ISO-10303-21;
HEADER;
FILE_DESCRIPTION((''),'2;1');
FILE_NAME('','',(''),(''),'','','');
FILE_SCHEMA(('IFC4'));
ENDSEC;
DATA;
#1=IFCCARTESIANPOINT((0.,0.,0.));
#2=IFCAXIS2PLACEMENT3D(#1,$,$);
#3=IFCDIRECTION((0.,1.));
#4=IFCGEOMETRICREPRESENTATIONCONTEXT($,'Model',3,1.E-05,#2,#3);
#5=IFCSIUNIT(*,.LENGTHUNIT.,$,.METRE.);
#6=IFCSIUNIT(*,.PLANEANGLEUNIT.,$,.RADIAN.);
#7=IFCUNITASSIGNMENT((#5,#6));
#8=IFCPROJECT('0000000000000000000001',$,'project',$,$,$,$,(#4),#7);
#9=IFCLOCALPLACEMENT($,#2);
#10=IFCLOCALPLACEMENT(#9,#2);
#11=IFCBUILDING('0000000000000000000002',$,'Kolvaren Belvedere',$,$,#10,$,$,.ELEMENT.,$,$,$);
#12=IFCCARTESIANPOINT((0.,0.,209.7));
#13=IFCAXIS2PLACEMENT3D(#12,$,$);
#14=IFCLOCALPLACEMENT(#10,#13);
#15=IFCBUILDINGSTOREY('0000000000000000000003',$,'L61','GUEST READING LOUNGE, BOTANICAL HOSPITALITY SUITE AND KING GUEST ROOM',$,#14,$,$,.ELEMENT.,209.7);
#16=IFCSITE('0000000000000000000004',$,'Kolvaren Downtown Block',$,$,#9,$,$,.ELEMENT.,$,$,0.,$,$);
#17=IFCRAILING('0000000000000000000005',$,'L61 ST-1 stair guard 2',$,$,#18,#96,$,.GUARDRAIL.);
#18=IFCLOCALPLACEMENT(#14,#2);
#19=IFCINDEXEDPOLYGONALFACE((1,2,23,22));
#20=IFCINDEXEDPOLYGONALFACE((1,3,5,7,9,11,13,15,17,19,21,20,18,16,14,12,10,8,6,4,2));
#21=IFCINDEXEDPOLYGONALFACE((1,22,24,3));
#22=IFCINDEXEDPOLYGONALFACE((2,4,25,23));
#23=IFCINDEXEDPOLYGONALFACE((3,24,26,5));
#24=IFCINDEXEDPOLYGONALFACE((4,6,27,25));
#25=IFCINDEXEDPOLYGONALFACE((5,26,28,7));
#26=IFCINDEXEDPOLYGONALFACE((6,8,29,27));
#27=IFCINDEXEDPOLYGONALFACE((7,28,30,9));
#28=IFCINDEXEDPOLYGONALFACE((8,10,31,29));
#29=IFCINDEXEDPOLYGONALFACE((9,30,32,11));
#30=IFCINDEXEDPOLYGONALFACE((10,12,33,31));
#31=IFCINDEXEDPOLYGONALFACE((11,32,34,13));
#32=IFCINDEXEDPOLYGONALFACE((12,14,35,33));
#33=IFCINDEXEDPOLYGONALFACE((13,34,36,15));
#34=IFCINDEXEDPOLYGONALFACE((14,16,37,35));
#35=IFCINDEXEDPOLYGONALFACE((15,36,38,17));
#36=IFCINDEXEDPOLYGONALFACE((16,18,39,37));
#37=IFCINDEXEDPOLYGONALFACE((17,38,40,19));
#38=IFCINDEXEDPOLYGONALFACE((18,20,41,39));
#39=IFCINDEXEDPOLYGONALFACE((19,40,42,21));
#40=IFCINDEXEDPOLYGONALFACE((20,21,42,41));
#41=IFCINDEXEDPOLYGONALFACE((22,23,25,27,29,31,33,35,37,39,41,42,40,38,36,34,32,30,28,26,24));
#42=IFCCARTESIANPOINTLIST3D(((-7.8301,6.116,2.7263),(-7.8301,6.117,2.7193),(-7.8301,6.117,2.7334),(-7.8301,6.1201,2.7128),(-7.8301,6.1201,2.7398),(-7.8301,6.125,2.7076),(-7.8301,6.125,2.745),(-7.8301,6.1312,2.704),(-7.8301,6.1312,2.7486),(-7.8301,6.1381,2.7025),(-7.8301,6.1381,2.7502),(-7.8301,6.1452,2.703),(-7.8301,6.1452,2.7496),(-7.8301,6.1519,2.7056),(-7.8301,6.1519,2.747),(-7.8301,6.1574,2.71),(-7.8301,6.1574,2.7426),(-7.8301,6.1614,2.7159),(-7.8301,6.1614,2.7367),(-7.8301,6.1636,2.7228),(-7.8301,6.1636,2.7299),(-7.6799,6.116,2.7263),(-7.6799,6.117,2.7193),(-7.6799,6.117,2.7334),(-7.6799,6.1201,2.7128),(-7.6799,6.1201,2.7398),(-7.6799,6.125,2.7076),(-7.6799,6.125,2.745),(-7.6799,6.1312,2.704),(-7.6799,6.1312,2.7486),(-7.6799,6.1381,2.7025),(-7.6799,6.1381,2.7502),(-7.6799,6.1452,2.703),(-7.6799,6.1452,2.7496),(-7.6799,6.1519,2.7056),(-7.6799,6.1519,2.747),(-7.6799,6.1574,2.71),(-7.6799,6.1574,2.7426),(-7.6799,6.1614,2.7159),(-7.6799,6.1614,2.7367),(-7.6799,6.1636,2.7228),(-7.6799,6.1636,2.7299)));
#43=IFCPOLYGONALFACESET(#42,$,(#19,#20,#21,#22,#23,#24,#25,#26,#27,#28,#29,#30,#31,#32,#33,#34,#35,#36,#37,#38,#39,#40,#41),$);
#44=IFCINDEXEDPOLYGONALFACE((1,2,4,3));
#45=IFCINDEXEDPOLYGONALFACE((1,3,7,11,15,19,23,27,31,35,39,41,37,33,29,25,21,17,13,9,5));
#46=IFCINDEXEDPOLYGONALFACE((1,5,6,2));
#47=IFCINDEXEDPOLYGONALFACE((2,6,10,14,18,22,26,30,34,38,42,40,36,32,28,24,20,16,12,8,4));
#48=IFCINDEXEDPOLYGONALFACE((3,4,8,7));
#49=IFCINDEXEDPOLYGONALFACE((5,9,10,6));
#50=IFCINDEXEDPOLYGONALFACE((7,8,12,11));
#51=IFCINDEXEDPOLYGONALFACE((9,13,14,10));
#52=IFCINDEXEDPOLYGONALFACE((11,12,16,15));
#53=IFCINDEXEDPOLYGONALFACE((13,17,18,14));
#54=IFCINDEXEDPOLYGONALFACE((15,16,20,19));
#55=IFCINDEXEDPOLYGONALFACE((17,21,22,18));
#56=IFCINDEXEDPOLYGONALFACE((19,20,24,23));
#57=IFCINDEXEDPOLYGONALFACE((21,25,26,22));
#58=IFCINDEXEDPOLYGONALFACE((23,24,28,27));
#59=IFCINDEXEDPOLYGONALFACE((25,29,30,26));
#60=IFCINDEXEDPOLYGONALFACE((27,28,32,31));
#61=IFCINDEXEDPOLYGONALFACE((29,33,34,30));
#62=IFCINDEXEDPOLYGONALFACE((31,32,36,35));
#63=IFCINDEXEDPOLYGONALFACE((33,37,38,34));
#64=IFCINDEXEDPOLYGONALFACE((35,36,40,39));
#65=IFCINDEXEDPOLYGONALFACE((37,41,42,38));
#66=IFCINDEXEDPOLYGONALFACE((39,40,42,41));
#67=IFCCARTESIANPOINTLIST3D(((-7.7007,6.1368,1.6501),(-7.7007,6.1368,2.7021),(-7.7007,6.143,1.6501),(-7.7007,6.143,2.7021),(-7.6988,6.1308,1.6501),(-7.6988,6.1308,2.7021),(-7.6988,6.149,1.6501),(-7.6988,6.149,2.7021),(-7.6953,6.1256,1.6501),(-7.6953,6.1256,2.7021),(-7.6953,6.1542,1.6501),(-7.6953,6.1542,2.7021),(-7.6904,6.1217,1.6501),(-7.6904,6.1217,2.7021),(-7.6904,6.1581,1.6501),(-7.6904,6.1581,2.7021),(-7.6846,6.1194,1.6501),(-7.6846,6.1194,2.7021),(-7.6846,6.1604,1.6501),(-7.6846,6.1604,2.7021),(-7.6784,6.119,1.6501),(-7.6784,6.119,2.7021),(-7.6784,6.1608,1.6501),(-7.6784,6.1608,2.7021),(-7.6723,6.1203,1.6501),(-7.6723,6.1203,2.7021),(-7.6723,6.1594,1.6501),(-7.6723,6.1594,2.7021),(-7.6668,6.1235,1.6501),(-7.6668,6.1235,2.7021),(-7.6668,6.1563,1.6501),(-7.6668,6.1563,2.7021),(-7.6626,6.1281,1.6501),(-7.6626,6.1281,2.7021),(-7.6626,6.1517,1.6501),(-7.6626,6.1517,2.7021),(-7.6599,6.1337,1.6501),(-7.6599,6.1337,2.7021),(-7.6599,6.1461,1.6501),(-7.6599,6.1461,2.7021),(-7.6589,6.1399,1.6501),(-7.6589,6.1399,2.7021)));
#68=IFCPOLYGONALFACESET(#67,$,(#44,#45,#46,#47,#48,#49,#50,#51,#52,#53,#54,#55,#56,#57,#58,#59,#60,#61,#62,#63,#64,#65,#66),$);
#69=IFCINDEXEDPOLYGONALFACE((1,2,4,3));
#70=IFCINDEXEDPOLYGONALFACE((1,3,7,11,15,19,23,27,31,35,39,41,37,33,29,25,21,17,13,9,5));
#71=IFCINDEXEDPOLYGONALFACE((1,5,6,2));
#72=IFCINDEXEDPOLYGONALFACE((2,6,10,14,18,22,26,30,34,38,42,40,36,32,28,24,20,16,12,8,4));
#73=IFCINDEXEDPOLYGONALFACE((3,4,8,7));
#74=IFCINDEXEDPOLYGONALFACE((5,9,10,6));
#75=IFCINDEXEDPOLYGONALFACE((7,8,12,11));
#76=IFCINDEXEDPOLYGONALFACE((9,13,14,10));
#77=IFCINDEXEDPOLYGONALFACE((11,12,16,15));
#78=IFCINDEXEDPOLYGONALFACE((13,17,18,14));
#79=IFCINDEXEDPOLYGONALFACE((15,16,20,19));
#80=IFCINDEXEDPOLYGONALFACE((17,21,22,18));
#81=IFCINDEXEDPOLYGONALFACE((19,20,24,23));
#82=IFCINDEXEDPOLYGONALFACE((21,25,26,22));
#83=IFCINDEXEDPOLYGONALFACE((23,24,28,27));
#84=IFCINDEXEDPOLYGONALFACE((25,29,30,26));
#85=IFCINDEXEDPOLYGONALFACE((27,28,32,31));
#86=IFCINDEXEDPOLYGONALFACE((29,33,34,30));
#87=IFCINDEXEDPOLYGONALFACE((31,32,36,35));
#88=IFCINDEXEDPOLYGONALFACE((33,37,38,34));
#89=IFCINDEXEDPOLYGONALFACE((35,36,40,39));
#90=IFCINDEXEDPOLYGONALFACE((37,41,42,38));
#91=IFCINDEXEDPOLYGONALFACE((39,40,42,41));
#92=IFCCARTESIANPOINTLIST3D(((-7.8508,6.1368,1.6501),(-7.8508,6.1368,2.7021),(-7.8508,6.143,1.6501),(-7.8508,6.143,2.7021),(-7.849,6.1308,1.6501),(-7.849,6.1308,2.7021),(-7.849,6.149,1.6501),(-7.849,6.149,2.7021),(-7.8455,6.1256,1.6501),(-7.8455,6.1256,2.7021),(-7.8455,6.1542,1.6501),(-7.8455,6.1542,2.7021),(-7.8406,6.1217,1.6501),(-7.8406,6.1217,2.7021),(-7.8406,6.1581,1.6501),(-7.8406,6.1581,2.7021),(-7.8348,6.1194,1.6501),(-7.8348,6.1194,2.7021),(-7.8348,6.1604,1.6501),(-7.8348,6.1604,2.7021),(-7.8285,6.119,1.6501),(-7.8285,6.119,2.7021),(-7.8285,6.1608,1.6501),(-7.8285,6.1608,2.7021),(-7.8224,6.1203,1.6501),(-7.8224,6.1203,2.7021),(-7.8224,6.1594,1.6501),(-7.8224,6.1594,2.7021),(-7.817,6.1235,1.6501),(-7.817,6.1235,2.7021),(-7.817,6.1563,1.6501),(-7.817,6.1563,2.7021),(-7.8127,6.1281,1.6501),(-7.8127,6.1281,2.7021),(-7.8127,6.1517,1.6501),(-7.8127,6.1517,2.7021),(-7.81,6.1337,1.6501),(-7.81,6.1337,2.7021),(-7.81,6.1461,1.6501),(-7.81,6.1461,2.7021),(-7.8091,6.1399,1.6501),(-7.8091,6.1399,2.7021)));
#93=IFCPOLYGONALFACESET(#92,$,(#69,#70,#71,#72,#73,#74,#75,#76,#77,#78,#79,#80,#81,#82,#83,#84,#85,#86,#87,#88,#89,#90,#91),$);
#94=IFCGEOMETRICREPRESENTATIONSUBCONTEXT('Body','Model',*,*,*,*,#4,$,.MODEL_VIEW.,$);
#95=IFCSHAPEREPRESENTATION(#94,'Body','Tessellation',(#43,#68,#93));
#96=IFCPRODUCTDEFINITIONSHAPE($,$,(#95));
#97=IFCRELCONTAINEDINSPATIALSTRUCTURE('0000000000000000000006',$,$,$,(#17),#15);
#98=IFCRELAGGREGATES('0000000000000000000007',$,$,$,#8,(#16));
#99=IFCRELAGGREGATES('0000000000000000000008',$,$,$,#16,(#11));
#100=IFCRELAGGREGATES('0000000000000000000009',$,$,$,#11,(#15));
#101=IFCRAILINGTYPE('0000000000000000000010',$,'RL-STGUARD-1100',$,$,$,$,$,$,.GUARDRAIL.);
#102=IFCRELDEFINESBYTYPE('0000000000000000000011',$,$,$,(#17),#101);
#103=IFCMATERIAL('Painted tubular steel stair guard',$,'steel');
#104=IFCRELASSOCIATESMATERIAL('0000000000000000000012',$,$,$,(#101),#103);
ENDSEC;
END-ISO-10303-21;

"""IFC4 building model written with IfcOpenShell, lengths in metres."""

from ifc_helpers import new_model, si_unit, direction, frame, origin, origin_2d, place, context, subcontext, project, spatial, circle, extrude, material, type_object, element, save


model = new_model("IFC4")

# Units and contexts
model_context = context("Model", 3, precision=1e-05, world=origin(), true_north=direction((0.0, 1.0)))
body_context = subcontext(model_context, "Body", "Model", "MODEL_VIEW")
ifc_project = project(units=[si_unit("LENGTHUNIT", "METRE"), si_unit("PLANEANGLEUNIT", "RADIAN")], contexts=[model_context])

# Site, building, storey
site_placement = place(None, origin())
site = spatial("IfcSite", under=ifc_project, at=site_placement, Name="Kolvaren Downtown Block", CompositionType="ELEMENT", RefElevation=0.0)
building_placement = place(site_placement, origin())
building = spatial("IfcBuilding", under=site, at=building_placement, Name="Kolvaren Belvedere", CompositionType="ELEMENT")
storey_placement = place(building_placement, frame((0.0, 0.0, 209.7)))
storey = spatial("IfcBuildingStorey", under=building, at=storey_placement, Name="L61", Description="GUEST READING LOUNGE, BOTANICAL HOSPITALITY SUITE AND KING GUEST ROOM", CompositionType="ELEMENT", Elevation=209.7)

# Railing
ifc_material_1 = material(Name="Painted tubular steel stair guard", Category="steel")
railing_type_1 = type_object("IfcRailingType", Name="RL-STGUARD-1100", PredefinedType="GUARDRAIL", material=ifc_material_1)
railing_1_placement = place(storey_placement, frame((-7.6799, 6.1399, 1.6501)))
element("IfcRailing", 1, at=railing_1_placement, inside=storey, type_object=railing_type_1, Name="L61 ST-1 stair guard 2", PredefinedType="GUARDRAIL", context=body_context, shape_type="SweptSolid", body=[
    extrude(circle(Radius=0.0239, at=origin_2d()), frame((0.0, 0.0, 1.0762), z_axis=(-1.0, 0.0, 0.0), x_axis=(0.0, -1.0, 0.0)), (0.0, 0.0, 1.0), 0.1501),
    extrude(circle(Radius=0.021, at=origin_2d()), origin(), (0.0, 0.0, 1.0), 1.052),
    extrude(circle(Radius=0.021, at=origin_2d()), frame((-0.1501, 0.0, 0.0)), (0.0, 0.0, 1.0), 1.052),
])

save(model, "model.ifc")
